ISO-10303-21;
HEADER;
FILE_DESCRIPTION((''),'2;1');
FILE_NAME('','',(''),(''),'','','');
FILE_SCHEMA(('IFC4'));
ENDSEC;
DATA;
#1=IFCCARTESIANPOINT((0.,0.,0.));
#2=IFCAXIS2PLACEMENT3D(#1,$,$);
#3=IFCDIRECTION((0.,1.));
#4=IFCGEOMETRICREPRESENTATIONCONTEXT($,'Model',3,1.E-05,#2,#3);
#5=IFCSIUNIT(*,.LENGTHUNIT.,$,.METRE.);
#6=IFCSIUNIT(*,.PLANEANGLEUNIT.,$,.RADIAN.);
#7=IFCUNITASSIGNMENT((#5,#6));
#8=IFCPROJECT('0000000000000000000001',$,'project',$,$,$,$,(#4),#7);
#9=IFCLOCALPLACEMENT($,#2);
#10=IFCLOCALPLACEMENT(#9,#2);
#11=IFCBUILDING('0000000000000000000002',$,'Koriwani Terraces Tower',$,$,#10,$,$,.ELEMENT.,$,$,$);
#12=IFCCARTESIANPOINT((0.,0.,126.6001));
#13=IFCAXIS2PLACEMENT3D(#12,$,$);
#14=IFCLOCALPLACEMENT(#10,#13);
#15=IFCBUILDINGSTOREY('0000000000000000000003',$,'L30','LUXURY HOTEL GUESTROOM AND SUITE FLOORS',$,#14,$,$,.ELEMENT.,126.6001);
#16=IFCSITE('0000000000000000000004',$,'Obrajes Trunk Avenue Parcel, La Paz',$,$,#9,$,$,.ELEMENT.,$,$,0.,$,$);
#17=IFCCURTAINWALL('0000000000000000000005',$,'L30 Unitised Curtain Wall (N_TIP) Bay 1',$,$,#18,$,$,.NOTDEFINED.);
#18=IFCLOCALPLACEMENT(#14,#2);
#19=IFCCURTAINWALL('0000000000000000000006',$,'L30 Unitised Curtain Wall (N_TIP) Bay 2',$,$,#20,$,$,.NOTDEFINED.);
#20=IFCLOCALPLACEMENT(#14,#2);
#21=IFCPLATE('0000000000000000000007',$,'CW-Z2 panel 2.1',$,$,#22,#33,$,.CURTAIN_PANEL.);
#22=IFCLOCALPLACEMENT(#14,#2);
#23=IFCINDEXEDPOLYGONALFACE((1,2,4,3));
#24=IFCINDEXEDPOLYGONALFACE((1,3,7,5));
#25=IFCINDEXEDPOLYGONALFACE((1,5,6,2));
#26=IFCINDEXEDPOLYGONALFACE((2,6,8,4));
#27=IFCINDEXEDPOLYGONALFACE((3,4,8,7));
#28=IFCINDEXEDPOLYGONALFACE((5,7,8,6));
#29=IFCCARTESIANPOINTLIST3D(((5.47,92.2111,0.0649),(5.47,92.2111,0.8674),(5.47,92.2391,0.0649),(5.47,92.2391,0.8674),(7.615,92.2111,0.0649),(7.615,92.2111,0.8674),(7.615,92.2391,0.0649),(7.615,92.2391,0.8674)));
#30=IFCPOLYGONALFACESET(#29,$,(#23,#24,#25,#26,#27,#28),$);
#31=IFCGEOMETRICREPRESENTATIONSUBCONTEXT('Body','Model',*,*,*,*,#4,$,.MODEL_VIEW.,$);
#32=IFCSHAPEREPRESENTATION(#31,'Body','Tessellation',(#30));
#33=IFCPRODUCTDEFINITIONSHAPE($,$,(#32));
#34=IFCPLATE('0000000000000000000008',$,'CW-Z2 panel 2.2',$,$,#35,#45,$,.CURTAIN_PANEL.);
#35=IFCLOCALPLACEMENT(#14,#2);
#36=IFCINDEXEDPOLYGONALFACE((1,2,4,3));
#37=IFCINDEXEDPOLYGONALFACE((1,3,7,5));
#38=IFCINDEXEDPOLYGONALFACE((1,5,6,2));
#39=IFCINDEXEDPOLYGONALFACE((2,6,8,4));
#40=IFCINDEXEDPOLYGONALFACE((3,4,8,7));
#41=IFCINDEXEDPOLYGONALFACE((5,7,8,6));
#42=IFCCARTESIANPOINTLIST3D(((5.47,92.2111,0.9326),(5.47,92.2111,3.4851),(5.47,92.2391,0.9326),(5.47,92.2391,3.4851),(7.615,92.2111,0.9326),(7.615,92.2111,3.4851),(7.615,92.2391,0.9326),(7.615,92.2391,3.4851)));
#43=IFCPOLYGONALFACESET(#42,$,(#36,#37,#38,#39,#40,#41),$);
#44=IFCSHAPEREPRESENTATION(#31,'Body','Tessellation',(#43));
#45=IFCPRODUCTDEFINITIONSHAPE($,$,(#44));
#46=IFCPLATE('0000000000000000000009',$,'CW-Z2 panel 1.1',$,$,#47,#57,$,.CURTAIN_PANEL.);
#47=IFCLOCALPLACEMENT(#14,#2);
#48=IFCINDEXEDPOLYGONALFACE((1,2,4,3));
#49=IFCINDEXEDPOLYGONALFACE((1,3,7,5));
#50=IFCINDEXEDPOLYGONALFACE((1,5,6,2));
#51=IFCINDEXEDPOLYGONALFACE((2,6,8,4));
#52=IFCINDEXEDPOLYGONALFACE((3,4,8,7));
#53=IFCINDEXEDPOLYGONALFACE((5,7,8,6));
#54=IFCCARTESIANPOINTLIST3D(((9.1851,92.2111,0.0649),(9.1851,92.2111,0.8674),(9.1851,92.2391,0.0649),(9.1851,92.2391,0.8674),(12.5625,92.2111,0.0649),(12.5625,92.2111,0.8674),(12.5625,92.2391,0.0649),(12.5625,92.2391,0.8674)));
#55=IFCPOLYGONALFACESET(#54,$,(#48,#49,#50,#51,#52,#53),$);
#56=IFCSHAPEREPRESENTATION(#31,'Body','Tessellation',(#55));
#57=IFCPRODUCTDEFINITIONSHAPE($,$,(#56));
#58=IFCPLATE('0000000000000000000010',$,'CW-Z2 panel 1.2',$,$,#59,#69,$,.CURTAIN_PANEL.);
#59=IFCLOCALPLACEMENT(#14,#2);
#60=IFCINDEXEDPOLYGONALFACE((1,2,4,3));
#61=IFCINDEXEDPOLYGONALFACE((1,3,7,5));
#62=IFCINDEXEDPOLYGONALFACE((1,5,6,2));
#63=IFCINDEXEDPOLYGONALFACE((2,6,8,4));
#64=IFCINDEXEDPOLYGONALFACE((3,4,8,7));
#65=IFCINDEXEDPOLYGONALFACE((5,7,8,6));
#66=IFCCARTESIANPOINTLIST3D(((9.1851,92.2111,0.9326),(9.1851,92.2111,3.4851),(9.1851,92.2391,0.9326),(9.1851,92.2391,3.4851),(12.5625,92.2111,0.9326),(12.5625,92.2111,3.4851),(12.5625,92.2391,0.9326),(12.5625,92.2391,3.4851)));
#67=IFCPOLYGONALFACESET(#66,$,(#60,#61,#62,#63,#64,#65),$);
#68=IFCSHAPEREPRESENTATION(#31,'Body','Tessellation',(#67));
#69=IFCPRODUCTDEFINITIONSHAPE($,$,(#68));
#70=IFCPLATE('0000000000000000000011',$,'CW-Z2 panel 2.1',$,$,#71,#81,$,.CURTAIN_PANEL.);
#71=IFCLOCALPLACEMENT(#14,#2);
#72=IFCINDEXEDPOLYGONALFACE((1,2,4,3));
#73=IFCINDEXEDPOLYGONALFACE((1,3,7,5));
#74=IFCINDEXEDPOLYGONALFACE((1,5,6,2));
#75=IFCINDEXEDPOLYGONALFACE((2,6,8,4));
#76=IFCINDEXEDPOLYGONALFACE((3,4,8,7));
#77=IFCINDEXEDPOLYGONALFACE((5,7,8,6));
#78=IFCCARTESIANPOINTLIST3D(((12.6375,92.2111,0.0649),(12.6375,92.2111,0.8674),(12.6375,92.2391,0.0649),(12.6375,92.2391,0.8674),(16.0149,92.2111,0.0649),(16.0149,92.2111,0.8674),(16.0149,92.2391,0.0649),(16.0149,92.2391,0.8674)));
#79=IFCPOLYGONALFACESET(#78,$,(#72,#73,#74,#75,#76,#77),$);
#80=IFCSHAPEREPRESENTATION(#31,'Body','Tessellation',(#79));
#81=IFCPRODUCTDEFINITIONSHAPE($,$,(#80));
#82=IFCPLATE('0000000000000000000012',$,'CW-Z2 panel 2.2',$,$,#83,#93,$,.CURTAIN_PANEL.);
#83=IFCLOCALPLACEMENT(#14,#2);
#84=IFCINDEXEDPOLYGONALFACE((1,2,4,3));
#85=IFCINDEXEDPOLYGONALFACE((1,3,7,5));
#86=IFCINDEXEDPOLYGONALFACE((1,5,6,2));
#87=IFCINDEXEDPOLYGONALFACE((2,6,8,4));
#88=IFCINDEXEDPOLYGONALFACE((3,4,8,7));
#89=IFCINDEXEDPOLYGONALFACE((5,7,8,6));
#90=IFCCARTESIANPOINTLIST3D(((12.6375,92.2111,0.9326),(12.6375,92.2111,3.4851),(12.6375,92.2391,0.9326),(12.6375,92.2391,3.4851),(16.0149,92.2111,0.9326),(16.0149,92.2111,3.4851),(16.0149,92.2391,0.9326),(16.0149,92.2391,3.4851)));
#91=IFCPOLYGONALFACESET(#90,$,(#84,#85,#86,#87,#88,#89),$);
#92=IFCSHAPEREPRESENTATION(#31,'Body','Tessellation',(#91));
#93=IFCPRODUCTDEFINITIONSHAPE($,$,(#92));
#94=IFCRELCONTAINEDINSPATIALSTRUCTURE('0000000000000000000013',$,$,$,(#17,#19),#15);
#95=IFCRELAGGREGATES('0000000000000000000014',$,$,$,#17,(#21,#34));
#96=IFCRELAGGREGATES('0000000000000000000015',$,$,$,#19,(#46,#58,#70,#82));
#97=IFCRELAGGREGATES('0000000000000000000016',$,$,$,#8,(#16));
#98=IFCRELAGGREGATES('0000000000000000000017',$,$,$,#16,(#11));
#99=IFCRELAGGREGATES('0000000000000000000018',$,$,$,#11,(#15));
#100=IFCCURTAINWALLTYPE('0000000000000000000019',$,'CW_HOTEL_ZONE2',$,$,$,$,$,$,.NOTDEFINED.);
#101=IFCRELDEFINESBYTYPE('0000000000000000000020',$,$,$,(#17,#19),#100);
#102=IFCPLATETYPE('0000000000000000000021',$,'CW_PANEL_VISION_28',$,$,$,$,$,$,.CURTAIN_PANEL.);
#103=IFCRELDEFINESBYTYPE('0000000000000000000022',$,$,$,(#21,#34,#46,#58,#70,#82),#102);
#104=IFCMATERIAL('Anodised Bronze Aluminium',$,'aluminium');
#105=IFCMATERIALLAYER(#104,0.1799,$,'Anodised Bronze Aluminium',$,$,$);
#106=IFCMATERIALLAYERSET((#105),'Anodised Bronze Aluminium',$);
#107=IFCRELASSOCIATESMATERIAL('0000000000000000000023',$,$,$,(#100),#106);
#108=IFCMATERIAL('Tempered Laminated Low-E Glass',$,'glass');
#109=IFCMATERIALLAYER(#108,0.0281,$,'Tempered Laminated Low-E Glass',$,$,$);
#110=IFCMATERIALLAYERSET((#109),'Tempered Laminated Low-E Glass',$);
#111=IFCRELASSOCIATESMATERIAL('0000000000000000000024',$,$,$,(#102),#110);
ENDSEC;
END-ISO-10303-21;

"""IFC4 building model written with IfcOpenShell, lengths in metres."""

from ifc_helpers import new_model, si_unit, direction, frame, origin, origin_2d, place, context, subcontext, project, spatial, rectangle, extrude, material, layer, layer_set, type_object, element, aggregate, save


model = new_model("IFC4")

# Units and contexts
model_context = context("Model", 3, precision=1e-05, world=origin(), true_north=direction((0.0, 1.0)))
body_context = subcontext(model_context, "Body", "Model", "MODEL_VIEW")
ifc_project = project(units=[si_unit("LENGTHUNIT", "METRE"), si_unit("PLANEANGLEUNIT", "RADIAN")], contexts=[model_context])

# Site, building, storey
site_placement = place(None, origin())
site = spatial("IfcSite", under=ifc_project, at=site_placement, Name="Obrajes Trunk Avenue Parcel, La Paz", CompositionType="ELEMENT", RefElevation=0.0)
building_placement = place(site_placement, origin())
building = spatial("IfcBuilding", under=site, at=building_placement, Name="Koriwani Terraces Tower", CompositionType="ELEMENT")
storey_placement = place(building_placement, frame((0.0, 0.0, 126.6001)))
storey = spatial("IfcBuildingStorey", under=building, at=storey_placement, Name="L30", Description="LUXURY HOTEL GUESTROOM AND SUITE FLOORS", CompositionType="ELEMENT", Elevation=126.6001)

# Curtain walls
ifc_material_1 = material(Name="Anodised Bronze Aluminium", Category="aluminium")
ifc_layer_1 = layer(ifc_material_1, 0.1799, Name="Anodised Bronze Aluminium")
ifc_layer_set_1 = layer_set([ifc_layer_1], Name="Anodised Bronze Aluminium")
curtain_wall_type = type_object("IfcCurtainWallType", Name="CW_HOTEL_ZONE2", PredefinedType="NOTDEFINED", material=ifc_layer_set_1)
curtain_wall_1_placement = place(storey_placement, origin())
curtain_wall_1 = element("IfcCurtainWall", 1, at=curtain_wall_1_placement, inside=storey, type_object=curtain_wall_type, Name="L30 Unitised Curtain Wall (N_TIP) Bay 1", PredefinedType="NOTDEFINED")
curtain_wall_2_placement = place(storey_placement, origin())
curtain_wall_2 = element("IfcCurtainWall", 2, at=curtain_wall_2_placement, inside=storey, type_object=curtain_wall_type, Name="L30 Unitised Curtain Wall (N_TIP) Bay 2", PredefinedType="NOTDEFINED")

# Plates
ifc_material_2 = material(Name="Tempered Laminated Low-E Glass", Category="glass")
ifc_layer_2 = layer(ifc_material_2, 0.0281, Name="Tempered Laminated Low-E Glass")
ifc_layer_set_2 = layer_set([ifc_layer_2], Name="Tempered Laminated Low-E Glass")
plate_type = type_object("IfcPlateType", Name="CW_PANEL_VISION_28", PredefinedType="CURTAIN_PANEL", material=ifc_layer_set_2)
plate_1_placement = place(storey_placement, frame((6.5425, 92.2251, 0.0649), z_axis=(0.0, 0.0, 1.0), x_axis=(1.0, 0.0, 0.0)))
plate_1 = element("IfcPlate", 3, at=plate_1_placement, type_object=plate_type, Name="CW-Z2 panel 2.1", PredefinedType="CURTAIN_PANEL", context=body_context, shape_type="SweptSolid", body=[
    extrude(rectangle(XDim=2.145, YDim=0.0281, at=origin_2d()), origin(), (0.0, 0.0, 1.0), 0.8025),
])
plate_2_placement = place(storey_placement, frame((6.5425, 92.2251, 0.9326), z_axis=(0.0, 0.0, 1.0), x_axis=(1.0, 0.0, 0.0)))
plate_2 = element("IfcPlate", 4, at=plate_2_placement, type_object=plate_type, Name="CW-Z2 panel 2.2", PredefinedType="CURTAIN_PANEL", context=body_context, shape_type="SweptSolid", body=[
    extrude(rectangle(XDim=2.145, YDim=0.0281, at=origin_2d()), origin(), (0.0, 0.0, 1.0), 2.5525),
])
aggregate(curtain_wall_1, [plate_1, plate_2])
plate_3_placement = place(storey_placement, frame((10.8738, 92.2251, 0.0649), z_axis=(0.0, 0.0, 1.0), x_axis=(1.0, 0.0, 0.0)))
plate_3 = element("IfcPlate", 5, at=plate_3_placement, type_object=plate_type, Name="CW-Z2 panel 1.1", PredefinedType="CURTAIN_PANEL", context=body_context, shape_type="SweptSolid", body=[
    extrude(rectangle(XDim=3.3774, YDim=0.0281, at=origin_2d()), origin(), (0.0, 0.0, 1.0), 0.8025),
])
plate_4_placement = place(storey_placement, frame((10.8738, 92.2251, 0.9326), z_axis=(0.0, 0.0, 1.0), x_axis=(1.0, 0.0, 0.0)))
plate_4 = element("IfcPlate", 6, at=plate_4_placement, type_object=plate_type, Name="CW-Z2 panel 1.2", PredefinedType="CURTAIN_PANEL", context=body_context, shape_type="SweptSolid", body=[
    extrude(rectangle(XDim=3.3774, YDim=0.0281, at=origin_2d()), origin(), (0.0, 0.0, 1.0), 2.5525),
])
plate_5_placement = place(storey_placement, frame((14.3262, 92.2251, 0.0649), z_axis=(0.0, 0.0, 1.0), x_axis=(1.0, 0.0, 0.0)))
plate_5 = element("IfcPlate", 7, at=plate_5_placement, type_object=plate_type, Name="CW-Z2 panel 2.1", PredefinedType="CURTAIN_PANEL", context=body_context, shape_type="SweptSolid", body=[
    extrude(rectangle(XDim=3.3774, YDim=0.0281, at=origin_2d()), origin(), (0.0, 0.0, 1.0), 0.8025),
])
plate_6_placement = place(storey_placement, frame((14.3262, 92.2251, 0.9326), z_axis=(0.0, 0.0, 1.0), x_axis=(1.0, 0.0, 0.0)))
plate_6 = element("IfcPlate", 8, at=plate_6_placement, type_object=plate_type, Name="CW-Z2 panel 2.2", PredefinedType="CURTAIN_PANEL", context=body_context, shape_type="SweptSolid", body=[
    extrude(rectangle(XDim=3.3774, YDim=0.0281, at=origin_2d()), origin(), (0.0, 0.0, 1.0), 2.5525),
])
aggregate(curtain_wall_2, [plate_3, plate_4, plate_5, plate_6])

save(model, "model.ifc")
